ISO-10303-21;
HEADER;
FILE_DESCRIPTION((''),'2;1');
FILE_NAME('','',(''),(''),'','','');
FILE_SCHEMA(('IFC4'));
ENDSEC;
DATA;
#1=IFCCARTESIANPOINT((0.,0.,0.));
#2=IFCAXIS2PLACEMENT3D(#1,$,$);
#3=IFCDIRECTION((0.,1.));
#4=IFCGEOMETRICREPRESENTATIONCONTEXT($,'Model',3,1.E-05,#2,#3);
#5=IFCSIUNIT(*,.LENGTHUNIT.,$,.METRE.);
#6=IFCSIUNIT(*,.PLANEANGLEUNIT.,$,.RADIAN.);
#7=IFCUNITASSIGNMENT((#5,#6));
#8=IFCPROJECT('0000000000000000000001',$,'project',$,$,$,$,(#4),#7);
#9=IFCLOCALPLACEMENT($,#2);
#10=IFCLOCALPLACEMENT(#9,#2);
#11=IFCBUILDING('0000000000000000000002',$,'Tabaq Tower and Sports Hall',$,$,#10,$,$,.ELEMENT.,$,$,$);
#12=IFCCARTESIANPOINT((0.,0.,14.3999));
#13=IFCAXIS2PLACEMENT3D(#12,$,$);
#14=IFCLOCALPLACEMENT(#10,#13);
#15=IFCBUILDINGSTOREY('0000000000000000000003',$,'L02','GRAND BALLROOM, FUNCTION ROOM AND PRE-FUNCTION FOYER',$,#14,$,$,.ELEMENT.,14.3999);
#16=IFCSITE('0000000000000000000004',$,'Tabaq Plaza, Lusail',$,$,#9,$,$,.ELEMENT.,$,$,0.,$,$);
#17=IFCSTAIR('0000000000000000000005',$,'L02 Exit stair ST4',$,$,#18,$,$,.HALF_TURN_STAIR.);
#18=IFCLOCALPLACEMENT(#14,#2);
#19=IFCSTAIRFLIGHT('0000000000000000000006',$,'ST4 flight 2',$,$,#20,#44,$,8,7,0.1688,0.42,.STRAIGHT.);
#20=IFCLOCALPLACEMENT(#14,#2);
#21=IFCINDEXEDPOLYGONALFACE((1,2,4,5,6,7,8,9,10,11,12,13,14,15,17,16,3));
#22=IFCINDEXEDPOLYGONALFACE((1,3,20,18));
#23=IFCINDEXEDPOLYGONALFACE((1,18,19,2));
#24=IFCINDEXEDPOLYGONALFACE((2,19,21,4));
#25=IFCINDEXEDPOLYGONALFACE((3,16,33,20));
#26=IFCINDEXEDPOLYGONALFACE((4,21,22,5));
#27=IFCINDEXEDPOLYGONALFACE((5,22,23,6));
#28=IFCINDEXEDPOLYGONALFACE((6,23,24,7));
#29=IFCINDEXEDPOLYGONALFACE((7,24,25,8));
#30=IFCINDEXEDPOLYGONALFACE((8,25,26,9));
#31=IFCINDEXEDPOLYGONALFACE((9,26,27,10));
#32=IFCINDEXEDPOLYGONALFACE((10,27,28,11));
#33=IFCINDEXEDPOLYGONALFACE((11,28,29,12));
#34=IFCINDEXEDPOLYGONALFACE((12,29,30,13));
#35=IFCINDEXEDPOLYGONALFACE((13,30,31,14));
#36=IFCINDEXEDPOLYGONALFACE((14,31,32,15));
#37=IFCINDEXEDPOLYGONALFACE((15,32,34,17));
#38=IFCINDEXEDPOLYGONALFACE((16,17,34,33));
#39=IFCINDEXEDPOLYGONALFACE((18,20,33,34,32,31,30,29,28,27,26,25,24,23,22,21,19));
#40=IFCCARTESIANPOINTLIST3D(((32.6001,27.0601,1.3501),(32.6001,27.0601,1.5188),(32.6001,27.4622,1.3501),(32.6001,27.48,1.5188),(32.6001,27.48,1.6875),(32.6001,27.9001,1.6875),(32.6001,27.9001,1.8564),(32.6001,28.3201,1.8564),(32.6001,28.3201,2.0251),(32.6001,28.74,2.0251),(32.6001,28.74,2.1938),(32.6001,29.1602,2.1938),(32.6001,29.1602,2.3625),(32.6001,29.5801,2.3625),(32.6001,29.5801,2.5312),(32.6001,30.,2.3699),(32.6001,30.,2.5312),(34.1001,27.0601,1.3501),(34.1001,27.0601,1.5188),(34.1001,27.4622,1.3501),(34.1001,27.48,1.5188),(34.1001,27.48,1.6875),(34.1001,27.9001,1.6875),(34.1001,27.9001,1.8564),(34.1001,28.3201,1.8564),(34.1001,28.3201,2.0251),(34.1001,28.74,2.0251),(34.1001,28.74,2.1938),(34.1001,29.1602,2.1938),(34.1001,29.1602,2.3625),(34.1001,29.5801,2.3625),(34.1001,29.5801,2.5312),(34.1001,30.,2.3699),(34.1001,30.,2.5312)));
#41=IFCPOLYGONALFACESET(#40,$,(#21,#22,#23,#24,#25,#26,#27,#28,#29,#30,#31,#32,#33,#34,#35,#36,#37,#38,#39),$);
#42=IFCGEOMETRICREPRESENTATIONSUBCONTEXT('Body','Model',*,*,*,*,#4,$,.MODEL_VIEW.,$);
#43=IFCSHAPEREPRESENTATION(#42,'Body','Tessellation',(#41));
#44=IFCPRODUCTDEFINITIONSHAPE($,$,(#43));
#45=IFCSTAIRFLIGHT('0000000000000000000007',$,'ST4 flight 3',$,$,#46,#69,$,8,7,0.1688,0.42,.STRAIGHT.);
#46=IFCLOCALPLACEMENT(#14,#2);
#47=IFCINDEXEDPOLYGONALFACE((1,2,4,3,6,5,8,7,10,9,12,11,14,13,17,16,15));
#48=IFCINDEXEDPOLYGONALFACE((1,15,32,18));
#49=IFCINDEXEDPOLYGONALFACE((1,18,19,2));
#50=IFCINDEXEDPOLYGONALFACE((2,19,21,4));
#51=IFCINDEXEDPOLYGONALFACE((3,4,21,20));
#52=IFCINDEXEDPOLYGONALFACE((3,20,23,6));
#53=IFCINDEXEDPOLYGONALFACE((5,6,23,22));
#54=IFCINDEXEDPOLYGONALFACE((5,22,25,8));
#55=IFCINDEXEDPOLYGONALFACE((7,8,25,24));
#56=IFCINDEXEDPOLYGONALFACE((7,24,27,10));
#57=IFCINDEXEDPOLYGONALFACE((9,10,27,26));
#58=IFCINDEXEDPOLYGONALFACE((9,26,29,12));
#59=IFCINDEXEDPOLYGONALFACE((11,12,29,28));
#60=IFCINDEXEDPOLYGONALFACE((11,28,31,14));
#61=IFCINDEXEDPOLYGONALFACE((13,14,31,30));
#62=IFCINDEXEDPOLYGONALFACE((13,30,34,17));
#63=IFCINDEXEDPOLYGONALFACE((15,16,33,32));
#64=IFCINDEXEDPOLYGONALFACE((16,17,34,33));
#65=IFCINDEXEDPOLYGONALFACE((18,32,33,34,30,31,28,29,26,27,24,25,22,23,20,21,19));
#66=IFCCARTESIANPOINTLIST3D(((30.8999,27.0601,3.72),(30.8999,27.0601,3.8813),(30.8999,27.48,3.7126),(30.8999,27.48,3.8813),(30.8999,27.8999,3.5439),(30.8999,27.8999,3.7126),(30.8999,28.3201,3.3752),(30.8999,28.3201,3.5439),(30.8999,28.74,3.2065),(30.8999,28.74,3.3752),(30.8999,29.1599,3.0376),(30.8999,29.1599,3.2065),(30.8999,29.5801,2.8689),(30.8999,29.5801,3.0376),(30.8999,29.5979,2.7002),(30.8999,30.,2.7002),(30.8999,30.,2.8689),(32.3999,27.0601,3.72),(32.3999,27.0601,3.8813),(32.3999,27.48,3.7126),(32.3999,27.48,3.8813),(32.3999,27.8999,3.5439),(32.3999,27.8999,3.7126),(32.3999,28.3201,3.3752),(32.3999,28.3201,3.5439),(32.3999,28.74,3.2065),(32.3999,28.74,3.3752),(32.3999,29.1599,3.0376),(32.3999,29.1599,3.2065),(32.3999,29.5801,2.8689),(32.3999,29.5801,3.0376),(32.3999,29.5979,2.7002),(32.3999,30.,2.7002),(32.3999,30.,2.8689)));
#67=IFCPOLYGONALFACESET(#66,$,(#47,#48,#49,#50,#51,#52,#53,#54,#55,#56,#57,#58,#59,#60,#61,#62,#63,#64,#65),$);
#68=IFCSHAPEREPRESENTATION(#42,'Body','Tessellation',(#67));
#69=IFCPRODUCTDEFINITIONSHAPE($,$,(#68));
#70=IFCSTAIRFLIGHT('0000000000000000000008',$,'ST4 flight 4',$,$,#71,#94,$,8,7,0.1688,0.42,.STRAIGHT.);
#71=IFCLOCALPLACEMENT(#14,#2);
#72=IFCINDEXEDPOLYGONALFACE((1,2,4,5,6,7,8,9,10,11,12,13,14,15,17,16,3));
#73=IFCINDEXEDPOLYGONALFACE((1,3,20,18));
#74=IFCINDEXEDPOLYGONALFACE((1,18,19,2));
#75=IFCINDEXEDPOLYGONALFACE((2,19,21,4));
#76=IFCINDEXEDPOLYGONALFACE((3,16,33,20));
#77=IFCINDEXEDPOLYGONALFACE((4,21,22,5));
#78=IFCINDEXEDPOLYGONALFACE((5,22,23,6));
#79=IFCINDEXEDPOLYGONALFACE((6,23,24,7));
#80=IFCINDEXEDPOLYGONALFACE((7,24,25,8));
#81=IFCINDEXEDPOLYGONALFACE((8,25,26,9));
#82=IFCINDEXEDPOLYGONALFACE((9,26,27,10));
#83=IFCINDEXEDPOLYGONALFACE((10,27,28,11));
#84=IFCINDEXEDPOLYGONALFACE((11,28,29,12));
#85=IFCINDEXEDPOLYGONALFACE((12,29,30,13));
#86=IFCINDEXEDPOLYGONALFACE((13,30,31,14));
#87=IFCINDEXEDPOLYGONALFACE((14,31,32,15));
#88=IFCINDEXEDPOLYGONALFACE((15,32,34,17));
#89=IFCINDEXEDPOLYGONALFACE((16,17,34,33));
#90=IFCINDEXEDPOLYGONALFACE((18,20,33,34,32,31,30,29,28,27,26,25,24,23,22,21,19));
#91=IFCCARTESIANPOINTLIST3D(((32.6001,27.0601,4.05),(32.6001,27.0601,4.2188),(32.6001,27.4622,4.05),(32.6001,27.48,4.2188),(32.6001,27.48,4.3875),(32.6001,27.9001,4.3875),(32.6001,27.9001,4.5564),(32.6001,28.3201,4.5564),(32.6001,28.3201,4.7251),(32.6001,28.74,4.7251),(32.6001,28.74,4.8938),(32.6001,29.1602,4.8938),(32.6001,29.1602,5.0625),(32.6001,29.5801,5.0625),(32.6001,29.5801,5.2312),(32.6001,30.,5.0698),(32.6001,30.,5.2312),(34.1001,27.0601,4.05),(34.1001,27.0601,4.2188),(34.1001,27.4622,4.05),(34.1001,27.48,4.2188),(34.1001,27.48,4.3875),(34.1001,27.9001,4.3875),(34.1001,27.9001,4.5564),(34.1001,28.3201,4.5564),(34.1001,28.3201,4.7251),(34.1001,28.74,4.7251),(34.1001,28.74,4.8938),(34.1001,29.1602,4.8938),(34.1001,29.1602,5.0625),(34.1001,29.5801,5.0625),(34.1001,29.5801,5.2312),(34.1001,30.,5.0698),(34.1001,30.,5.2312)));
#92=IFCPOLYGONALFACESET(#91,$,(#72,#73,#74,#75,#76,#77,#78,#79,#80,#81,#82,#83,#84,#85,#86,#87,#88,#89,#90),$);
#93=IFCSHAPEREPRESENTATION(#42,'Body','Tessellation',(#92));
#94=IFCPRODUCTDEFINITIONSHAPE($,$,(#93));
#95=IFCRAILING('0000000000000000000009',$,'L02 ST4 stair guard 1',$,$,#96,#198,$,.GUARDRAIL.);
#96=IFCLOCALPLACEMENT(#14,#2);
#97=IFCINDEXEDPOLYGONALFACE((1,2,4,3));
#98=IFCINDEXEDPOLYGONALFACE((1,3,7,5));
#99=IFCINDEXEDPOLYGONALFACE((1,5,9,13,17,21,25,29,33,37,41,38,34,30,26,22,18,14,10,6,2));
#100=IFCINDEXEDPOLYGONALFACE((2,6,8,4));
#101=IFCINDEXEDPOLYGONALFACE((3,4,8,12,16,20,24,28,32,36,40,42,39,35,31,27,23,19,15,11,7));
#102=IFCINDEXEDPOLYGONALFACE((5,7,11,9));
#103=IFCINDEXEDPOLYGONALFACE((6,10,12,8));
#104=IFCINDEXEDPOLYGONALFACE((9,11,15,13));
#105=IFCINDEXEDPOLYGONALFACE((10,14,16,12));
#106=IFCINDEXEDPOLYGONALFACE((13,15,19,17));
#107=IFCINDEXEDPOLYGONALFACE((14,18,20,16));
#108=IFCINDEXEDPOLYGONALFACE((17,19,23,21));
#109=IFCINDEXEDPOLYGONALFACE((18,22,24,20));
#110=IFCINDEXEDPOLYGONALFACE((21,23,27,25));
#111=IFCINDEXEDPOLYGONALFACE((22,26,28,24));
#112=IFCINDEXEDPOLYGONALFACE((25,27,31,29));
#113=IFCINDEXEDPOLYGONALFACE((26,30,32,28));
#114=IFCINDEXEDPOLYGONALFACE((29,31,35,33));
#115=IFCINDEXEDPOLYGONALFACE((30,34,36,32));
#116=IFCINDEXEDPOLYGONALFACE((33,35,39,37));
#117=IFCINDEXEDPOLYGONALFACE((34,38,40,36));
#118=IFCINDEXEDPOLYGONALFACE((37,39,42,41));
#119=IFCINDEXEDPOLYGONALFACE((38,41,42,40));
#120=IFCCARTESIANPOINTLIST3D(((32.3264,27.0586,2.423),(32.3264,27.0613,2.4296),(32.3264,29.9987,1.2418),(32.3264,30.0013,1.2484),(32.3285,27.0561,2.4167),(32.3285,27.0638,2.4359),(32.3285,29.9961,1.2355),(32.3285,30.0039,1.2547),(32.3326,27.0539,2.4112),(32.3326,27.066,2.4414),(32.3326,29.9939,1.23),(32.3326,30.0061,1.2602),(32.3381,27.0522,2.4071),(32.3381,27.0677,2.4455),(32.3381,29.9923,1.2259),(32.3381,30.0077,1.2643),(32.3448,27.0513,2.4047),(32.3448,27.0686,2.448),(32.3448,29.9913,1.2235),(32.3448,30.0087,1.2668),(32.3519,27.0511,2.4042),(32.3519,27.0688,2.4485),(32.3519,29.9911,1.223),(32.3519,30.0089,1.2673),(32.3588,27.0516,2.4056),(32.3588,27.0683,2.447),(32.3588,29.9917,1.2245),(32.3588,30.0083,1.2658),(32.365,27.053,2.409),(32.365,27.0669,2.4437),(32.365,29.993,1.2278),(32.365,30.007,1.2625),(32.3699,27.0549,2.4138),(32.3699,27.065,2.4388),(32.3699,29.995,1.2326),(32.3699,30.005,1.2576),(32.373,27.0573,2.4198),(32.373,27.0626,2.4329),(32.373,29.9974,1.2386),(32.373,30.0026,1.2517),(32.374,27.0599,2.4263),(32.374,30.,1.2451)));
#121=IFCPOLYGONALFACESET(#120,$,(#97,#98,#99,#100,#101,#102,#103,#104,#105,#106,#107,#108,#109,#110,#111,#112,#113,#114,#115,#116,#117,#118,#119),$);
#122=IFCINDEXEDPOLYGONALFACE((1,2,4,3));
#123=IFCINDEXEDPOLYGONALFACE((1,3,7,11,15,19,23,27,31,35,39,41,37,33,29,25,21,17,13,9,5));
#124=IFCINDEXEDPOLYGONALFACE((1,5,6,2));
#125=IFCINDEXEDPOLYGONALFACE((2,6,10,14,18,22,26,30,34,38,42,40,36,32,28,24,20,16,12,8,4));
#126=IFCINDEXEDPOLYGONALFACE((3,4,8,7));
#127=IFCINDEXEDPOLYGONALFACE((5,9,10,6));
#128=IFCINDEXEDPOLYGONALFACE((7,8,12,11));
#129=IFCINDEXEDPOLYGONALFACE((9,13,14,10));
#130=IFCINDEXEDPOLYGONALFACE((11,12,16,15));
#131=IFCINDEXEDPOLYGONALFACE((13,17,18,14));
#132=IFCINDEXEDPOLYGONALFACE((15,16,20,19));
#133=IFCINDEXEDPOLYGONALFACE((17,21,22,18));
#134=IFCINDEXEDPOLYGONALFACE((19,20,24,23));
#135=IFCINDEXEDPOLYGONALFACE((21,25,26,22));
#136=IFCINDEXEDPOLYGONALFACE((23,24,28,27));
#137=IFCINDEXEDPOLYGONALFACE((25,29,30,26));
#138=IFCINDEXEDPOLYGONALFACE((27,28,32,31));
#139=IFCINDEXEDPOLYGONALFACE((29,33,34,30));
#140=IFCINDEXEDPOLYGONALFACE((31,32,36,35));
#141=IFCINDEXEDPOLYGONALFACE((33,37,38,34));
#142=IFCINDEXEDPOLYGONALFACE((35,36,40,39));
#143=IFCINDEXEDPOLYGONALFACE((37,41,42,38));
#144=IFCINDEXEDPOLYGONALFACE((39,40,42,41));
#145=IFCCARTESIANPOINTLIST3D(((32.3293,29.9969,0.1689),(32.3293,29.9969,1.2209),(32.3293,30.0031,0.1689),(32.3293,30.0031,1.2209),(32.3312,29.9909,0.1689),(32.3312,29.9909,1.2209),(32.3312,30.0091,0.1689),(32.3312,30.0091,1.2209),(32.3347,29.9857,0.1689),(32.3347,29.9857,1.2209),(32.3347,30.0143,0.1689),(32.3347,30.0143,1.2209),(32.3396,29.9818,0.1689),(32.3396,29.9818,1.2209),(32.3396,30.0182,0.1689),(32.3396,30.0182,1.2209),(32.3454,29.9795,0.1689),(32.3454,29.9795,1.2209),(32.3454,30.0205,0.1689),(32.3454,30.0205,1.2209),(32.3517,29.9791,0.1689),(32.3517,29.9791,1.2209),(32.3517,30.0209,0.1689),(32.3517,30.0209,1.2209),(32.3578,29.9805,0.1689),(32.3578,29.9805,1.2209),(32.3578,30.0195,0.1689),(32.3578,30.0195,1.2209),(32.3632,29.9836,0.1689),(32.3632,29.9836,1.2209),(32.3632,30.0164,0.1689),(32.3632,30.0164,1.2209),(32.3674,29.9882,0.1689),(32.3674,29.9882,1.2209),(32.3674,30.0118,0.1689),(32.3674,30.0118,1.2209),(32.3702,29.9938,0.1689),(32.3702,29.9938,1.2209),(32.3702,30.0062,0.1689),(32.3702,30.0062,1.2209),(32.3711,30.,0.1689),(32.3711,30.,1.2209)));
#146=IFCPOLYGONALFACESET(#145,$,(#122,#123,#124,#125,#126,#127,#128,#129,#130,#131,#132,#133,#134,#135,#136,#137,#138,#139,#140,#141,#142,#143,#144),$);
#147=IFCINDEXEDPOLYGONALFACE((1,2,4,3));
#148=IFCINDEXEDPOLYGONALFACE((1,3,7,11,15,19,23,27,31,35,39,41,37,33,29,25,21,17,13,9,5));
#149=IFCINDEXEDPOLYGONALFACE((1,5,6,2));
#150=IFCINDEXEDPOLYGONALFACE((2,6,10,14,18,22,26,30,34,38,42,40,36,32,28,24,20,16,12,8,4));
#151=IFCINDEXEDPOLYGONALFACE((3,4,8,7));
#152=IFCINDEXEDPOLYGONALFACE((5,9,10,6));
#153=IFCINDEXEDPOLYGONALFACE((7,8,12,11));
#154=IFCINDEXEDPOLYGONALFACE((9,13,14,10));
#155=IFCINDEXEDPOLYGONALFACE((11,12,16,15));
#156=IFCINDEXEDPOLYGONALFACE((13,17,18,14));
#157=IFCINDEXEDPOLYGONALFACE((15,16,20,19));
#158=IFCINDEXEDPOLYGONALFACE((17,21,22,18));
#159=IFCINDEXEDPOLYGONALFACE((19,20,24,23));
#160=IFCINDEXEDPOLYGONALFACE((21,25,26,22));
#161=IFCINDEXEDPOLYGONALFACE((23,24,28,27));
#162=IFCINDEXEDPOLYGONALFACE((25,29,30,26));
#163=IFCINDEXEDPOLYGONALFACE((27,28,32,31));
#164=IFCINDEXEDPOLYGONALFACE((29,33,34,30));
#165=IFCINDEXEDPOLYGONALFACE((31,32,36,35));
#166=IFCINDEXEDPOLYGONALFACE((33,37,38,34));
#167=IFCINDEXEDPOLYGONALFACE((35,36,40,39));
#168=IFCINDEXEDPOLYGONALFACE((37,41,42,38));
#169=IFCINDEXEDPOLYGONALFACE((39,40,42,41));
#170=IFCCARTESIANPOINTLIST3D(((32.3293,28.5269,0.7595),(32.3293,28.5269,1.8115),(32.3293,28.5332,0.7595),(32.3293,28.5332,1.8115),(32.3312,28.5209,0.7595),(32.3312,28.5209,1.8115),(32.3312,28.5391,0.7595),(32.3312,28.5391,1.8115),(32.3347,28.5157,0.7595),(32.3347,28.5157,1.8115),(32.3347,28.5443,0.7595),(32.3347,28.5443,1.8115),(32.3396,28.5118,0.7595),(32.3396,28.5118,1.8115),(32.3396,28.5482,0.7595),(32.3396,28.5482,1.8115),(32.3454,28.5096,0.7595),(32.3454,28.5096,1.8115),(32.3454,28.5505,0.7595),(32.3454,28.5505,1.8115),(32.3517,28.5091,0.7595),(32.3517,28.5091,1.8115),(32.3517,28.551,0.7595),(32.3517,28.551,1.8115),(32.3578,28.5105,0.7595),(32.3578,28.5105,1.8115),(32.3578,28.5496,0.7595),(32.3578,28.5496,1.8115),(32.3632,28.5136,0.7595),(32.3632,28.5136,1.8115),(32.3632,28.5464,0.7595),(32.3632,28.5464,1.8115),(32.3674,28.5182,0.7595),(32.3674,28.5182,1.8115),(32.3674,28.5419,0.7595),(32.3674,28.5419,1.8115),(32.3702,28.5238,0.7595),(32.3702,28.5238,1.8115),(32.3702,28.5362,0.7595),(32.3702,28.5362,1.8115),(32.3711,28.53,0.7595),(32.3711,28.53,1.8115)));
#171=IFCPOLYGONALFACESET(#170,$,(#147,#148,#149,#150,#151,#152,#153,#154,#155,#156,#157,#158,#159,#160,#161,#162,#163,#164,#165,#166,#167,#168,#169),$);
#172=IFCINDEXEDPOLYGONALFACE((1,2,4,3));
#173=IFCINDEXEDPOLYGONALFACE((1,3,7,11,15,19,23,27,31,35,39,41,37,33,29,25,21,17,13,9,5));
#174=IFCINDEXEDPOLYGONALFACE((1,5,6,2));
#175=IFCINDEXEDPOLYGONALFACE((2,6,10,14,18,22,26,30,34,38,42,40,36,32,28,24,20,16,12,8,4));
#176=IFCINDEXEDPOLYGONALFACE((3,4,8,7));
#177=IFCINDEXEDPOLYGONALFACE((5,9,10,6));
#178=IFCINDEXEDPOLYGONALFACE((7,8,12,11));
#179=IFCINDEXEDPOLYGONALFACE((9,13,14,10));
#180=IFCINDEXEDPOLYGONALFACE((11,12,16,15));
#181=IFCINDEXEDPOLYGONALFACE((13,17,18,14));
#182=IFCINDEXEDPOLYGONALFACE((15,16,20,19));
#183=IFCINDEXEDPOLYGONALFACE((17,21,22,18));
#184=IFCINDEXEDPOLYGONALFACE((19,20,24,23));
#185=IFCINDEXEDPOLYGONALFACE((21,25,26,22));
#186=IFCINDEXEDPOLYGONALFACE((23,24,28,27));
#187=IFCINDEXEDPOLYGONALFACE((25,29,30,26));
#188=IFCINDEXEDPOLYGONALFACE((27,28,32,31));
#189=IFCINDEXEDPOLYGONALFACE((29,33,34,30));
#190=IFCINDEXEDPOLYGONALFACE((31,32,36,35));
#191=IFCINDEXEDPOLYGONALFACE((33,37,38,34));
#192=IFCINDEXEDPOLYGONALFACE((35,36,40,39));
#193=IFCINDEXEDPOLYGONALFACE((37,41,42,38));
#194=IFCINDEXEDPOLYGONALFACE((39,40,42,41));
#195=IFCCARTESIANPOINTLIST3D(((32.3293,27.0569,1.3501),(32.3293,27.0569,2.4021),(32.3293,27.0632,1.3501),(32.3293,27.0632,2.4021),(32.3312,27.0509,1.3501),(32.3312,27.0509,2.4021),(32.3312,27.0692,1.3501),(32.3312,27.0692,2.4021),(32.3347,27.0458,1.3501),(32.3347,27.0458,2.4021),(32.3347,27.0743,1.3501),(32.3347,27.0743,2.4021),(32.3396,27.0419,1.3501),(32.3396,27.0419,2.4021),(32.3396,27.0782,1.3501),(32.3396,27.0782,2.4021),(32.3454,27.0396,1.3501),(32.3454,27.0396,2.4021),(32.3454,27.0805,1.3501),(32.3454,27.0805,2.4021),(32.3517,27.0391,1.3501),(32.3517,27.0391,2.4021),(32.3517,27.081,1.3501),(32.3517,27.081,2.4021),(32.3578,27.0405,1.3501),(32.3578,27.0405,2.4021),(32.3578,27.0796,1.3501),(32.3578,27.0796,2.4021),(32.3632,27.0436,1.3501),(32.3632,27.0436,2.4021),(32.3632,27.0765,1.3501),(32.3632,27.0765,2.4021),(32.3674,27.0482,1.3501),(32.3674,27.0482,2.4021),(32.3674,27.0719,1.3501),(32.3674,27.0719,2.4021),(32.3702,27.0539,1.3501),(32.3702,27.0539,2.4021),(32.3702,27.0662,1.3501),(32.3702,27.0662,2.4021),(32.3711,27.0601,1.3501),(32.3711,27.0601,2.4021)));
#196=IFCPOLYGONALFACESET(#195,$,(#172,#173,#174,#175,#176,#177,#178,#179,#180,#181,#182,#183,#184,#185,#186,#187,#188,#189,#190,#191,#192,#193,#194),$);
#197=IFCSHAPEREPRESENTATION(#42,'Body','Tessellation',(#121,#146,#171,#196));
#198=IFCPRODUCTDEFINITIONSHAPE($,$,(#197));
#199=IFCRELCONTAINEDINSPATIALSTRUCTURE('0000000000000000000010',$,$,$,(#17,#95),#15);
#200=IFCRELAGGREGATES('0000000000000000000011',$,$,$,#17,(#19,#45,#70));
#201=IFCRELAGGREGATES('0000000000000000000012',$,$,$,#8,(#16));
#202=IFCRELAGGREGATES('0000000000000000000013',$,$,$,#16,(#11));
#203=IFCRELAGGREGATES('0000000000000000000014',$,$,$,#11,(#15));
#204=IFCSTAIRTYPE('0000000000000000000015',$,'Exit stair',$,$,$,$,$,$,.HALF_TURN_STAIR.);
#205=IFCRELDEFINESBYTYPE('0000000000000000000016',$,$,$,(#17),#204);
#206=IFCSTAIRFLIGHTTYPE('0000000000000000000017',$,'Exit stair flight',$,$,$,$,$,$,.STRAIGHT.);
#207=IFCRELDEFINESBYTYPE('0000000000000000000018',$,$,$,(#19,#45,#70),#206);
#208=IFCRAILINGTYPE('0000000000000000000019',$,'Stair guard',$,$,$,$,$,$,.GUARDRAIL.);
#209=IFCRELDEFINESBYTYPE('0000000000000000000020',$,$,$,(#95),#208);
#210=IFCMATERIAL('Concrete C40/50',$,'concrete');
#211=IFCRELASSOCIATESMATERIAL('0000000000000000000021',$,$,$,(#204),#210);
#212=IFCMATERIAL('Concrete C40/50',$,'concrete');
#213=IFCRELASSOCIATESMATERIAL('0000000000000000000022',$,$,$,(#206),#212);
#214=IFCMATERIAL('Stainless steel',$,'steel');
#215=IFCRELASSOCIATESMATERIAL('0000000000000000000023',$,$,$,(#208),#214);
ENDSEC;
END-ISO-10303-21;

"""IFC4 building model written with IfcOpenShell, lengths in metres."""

from ifc_helpers import new_model, si_unit, direction, frame, origin, origin_2d, place, context, subcontext, project, spatial, polyline, circle, outline, extrude, material, type_object, element, aggregate, save


model = new_model("IFC4")

# Units and contexts
model_context = context("Model", 3, precision=1e-05, world=origin(), true_north=direction((0.0, 1.0)))
body_context = subcontext(model_context, "Body", "Model", "MODEL_VIEW")
ifc_project = project(units=[si_unit("LENGTHUNIT", "METRE"), si_unit("PLANEANGLEUNIT", "RADIAN")], contexts=[model_context])

# Site, building, storey
site_placement = place(None, origin())
site = spatial("IfcSite", under=ifc_project, at=site_placement, Name="Tabaq Plaza, Lusail", CompositionType="ELEMENT", RefElevation=0.0)
building_placement = place(site_placement, origin())
building = spatial("IfcBuilding", under=site, at=building_placement, Name="Tabaq Tower and Sports Hall", CompositionType="ELEMENT")
storey_placement = place(building_placement, frame((0.0, 0.0, 14.3999)))
storey = spatial("IfcBuildingStorey", under=building, at=storey_placement, Name="L02", Description="GRAND BALLROOM, FUNCTION ROOM AND PRE-FUNCTION FOYER", CompositionType="ELEMENT", Elevation=14.3999)

# Stair, stair flights
ifc_material_1 = material(Name="Concrete C40/50", Category="concrete")
stair_type = type_object("IfcStairType", Name="Exit stair", PredefinedType="HALF_TURN_STAIR", material=ifc_material_1)
stair_placement = place(storey_placement, origin())
stair = element("IfcStair", 1, at=stair_placement, inside=storey, type_object=stair_type, Name="L02 Exit stair ST4", PredefinedType="HALF_TURN_STAIR")
ifc_material_2 = material(Name="Concrete C40/50", Category="concrete")
stair_flight_type = type_object("IfcStairFlightType", Name="Exit stair flight", PredefinedType="STRAIGHT", material=ifc_material_2)
stair_flight_1_placement = place(storey_placement, frame((33.3501, 27.0601, 1.3501), z_axis=(0.0, 0.0, 1.0), x_axis=(0.0, 1.0, 0.0)))
stair_flight_1 = element("IfcStairFlight", 2, at=stair_flight_1_placement, type_object=stair_flight_type, Name="ST4 flight 2", NumberOfRisers=8, NumberOfTreads=7, PredefinedType="STRAIGHT", RiserHeight=0.1688, TreadLength=0.42, context=body_context, shape_type="SweptSolid", body=[
    extrude(outline(polyline([(0.0, 0.0), (0.0, 0.1687), (0.4199, 0.1687), (0.4199, 0.3374), (0.8401, 0.3374), (0.8401, 0.5063), (1.26, 0.5063), (1.26, 0.675), (1.6799, 0.675), (1.6799, 0.8438), (2.1001, 0.8438), (2.1001, 1.0125), (2.52, 1.0125), (2.52, 1.1812), (2.9399, 1.1812), (2.9399, 1.3501), (2.9399, 1.0198), (0.4021, 0.0), (0.0, 0.0)])), frame((0.0, 0.75, 0.0), z_axis=(0.0, -1.0, 0.0), x_axis=(1.0, 0.0, 0.0)), (0.0, 0.0, 1.0), 1.5),
])
stair_flight_2_placement = place(storey_placement, frame((31.6499, 30.0, 2.7002), z_axis=(0.0, 0.0, 1.0), x_axis=(0.0, -1.0, 0.0)))
stair_flight_2 = element("IfcStairFlight", 3, at=stair_flight_2_placement, type_object=stair_flight_type, Name="ST4 flight 3", NumberOfRisers=8, NumberOfTreads=7, PredefinedType="STRAIGHT", RiserHeight=0.1688, TreadLength=0.42, context=body_context, shape_type="SweptSolid", body=[
    extrude(outline(polyline([(0.0, 0.0), (0.0, 0.1687), (0.4199, 0.1687), (0.4199, 0.3374), (0.8401, 0.3374), (0.8401, 0.5063), (1.26, 0.5063), (1.26, 0.675), (1.6799, 0.675), (1.6799, 0.8438), (2.1001, 0.8438), (2.1001, 1.0125), (2.52, 1.0125), (2.52, 1.1812), (2.9399, 1.1812), (2.9399, 1.3501), (2.9399, 1.0198), (0.4021, 0.0), (0.0, 0.0)])), frame((0.0, 0.75, 0.0), z_axis=(0.0, -1.0, 0.0), x_axis=(1.0, 0.0, 0.0)), (0.0, 0.0, 1.0), 1.5),
])
stair_flight_3_placement = place(storey_placement, frame((33.3501, 27.0601, 4.05), z_axis=(0.0, 0.0, 1.0), x_axis=(0.0, 1.0, 0.0)))
stair_flight_3 = element("IfcStairFlight", 4, at=stair_flight_3_placement, type_object=stair_flight_type, Name="ST4 flight 4", NumberOfRisers=8, NumberOfTreads=7, PredefinedType="STRAIGHT", RiserHeight=0.1688, TreadLength=0.42, context=body_context, shape_type="SweptSolid", body=[
    extrude(outline(polyline([(0.0, 0.0), (0.0, 0.1687), (0.4199, 0.1687), (0.4199, 0.3374), (0.8401, 0.3374), (0.8401, 0.5063), (1.26, 0.5063), (1.26, 0.675), (1.6799, 0.675), (1.6799, 0.8438), (2.1001, 0.8438), (2.1001, 1.0125), (2.52, 1.0125), (2.52, 1.1812), (2.9399, 1.1812), (2.9399, 1.3501), (2.9399, 1.0198), (0.4021, 0.0), (0.0, 0.0)])), frame((0.0, 0.75, 0.0), z_axis=(0.0, -1.0, 0.0), x_axis=(1.0, 0.0, 0.0)), (0.0, 0.0, 1.0), 1.5),
])
aggregate(stair, [stair_flight_1, stair_flight_2, stair_flight_3])

# Railing
ifc_material_3 = material(Name="Stainless steel", Category="steel")
railing_type_1 = type_object("IfcRailingType", Name="Stair guard", PredefinedType="GUARDRAIL", material=ifc_material_3)
railing_1_placement = place(storey_placement, frame((32.3501, 30.0, 0.1689)))
element("IfcRailing", 5, at=railing_1_placement, inside=storey, type_object=railing_type_1, Name="L02 ST4 stair guard 1", PredefinedType="GUARDRAIL", context=body_context, shape_type="SweptSolid", body=[
    extrude(circle(Radius=0.0239, at=origin_2d()), frame((0.0, 0.0, 1.0762), z_axis=(0.0, -0.927912, 0.372799), x_axis=(1.0, 0.0, 0.0)), (0.0, 0.0, 1.0), 3.1685),
    extrude(circle(Radius=0.021, at=origin_2d()), origin(), (0.0, 0.0, 1.0), 1.052),
    extrude(circle(Radius=0.021, at=origin_2d()), frame((0.0, -1.47, 0.5906)), (0.0, 0.0, 1.0), 1.052),
    extrude(circle(Radius=0.021, at=origin_2d()), frame((0.0, -2.9399, 1.1812)), (0.0, 0.0, 1.0), 1.052),
])

save(model, "model.ifc")
